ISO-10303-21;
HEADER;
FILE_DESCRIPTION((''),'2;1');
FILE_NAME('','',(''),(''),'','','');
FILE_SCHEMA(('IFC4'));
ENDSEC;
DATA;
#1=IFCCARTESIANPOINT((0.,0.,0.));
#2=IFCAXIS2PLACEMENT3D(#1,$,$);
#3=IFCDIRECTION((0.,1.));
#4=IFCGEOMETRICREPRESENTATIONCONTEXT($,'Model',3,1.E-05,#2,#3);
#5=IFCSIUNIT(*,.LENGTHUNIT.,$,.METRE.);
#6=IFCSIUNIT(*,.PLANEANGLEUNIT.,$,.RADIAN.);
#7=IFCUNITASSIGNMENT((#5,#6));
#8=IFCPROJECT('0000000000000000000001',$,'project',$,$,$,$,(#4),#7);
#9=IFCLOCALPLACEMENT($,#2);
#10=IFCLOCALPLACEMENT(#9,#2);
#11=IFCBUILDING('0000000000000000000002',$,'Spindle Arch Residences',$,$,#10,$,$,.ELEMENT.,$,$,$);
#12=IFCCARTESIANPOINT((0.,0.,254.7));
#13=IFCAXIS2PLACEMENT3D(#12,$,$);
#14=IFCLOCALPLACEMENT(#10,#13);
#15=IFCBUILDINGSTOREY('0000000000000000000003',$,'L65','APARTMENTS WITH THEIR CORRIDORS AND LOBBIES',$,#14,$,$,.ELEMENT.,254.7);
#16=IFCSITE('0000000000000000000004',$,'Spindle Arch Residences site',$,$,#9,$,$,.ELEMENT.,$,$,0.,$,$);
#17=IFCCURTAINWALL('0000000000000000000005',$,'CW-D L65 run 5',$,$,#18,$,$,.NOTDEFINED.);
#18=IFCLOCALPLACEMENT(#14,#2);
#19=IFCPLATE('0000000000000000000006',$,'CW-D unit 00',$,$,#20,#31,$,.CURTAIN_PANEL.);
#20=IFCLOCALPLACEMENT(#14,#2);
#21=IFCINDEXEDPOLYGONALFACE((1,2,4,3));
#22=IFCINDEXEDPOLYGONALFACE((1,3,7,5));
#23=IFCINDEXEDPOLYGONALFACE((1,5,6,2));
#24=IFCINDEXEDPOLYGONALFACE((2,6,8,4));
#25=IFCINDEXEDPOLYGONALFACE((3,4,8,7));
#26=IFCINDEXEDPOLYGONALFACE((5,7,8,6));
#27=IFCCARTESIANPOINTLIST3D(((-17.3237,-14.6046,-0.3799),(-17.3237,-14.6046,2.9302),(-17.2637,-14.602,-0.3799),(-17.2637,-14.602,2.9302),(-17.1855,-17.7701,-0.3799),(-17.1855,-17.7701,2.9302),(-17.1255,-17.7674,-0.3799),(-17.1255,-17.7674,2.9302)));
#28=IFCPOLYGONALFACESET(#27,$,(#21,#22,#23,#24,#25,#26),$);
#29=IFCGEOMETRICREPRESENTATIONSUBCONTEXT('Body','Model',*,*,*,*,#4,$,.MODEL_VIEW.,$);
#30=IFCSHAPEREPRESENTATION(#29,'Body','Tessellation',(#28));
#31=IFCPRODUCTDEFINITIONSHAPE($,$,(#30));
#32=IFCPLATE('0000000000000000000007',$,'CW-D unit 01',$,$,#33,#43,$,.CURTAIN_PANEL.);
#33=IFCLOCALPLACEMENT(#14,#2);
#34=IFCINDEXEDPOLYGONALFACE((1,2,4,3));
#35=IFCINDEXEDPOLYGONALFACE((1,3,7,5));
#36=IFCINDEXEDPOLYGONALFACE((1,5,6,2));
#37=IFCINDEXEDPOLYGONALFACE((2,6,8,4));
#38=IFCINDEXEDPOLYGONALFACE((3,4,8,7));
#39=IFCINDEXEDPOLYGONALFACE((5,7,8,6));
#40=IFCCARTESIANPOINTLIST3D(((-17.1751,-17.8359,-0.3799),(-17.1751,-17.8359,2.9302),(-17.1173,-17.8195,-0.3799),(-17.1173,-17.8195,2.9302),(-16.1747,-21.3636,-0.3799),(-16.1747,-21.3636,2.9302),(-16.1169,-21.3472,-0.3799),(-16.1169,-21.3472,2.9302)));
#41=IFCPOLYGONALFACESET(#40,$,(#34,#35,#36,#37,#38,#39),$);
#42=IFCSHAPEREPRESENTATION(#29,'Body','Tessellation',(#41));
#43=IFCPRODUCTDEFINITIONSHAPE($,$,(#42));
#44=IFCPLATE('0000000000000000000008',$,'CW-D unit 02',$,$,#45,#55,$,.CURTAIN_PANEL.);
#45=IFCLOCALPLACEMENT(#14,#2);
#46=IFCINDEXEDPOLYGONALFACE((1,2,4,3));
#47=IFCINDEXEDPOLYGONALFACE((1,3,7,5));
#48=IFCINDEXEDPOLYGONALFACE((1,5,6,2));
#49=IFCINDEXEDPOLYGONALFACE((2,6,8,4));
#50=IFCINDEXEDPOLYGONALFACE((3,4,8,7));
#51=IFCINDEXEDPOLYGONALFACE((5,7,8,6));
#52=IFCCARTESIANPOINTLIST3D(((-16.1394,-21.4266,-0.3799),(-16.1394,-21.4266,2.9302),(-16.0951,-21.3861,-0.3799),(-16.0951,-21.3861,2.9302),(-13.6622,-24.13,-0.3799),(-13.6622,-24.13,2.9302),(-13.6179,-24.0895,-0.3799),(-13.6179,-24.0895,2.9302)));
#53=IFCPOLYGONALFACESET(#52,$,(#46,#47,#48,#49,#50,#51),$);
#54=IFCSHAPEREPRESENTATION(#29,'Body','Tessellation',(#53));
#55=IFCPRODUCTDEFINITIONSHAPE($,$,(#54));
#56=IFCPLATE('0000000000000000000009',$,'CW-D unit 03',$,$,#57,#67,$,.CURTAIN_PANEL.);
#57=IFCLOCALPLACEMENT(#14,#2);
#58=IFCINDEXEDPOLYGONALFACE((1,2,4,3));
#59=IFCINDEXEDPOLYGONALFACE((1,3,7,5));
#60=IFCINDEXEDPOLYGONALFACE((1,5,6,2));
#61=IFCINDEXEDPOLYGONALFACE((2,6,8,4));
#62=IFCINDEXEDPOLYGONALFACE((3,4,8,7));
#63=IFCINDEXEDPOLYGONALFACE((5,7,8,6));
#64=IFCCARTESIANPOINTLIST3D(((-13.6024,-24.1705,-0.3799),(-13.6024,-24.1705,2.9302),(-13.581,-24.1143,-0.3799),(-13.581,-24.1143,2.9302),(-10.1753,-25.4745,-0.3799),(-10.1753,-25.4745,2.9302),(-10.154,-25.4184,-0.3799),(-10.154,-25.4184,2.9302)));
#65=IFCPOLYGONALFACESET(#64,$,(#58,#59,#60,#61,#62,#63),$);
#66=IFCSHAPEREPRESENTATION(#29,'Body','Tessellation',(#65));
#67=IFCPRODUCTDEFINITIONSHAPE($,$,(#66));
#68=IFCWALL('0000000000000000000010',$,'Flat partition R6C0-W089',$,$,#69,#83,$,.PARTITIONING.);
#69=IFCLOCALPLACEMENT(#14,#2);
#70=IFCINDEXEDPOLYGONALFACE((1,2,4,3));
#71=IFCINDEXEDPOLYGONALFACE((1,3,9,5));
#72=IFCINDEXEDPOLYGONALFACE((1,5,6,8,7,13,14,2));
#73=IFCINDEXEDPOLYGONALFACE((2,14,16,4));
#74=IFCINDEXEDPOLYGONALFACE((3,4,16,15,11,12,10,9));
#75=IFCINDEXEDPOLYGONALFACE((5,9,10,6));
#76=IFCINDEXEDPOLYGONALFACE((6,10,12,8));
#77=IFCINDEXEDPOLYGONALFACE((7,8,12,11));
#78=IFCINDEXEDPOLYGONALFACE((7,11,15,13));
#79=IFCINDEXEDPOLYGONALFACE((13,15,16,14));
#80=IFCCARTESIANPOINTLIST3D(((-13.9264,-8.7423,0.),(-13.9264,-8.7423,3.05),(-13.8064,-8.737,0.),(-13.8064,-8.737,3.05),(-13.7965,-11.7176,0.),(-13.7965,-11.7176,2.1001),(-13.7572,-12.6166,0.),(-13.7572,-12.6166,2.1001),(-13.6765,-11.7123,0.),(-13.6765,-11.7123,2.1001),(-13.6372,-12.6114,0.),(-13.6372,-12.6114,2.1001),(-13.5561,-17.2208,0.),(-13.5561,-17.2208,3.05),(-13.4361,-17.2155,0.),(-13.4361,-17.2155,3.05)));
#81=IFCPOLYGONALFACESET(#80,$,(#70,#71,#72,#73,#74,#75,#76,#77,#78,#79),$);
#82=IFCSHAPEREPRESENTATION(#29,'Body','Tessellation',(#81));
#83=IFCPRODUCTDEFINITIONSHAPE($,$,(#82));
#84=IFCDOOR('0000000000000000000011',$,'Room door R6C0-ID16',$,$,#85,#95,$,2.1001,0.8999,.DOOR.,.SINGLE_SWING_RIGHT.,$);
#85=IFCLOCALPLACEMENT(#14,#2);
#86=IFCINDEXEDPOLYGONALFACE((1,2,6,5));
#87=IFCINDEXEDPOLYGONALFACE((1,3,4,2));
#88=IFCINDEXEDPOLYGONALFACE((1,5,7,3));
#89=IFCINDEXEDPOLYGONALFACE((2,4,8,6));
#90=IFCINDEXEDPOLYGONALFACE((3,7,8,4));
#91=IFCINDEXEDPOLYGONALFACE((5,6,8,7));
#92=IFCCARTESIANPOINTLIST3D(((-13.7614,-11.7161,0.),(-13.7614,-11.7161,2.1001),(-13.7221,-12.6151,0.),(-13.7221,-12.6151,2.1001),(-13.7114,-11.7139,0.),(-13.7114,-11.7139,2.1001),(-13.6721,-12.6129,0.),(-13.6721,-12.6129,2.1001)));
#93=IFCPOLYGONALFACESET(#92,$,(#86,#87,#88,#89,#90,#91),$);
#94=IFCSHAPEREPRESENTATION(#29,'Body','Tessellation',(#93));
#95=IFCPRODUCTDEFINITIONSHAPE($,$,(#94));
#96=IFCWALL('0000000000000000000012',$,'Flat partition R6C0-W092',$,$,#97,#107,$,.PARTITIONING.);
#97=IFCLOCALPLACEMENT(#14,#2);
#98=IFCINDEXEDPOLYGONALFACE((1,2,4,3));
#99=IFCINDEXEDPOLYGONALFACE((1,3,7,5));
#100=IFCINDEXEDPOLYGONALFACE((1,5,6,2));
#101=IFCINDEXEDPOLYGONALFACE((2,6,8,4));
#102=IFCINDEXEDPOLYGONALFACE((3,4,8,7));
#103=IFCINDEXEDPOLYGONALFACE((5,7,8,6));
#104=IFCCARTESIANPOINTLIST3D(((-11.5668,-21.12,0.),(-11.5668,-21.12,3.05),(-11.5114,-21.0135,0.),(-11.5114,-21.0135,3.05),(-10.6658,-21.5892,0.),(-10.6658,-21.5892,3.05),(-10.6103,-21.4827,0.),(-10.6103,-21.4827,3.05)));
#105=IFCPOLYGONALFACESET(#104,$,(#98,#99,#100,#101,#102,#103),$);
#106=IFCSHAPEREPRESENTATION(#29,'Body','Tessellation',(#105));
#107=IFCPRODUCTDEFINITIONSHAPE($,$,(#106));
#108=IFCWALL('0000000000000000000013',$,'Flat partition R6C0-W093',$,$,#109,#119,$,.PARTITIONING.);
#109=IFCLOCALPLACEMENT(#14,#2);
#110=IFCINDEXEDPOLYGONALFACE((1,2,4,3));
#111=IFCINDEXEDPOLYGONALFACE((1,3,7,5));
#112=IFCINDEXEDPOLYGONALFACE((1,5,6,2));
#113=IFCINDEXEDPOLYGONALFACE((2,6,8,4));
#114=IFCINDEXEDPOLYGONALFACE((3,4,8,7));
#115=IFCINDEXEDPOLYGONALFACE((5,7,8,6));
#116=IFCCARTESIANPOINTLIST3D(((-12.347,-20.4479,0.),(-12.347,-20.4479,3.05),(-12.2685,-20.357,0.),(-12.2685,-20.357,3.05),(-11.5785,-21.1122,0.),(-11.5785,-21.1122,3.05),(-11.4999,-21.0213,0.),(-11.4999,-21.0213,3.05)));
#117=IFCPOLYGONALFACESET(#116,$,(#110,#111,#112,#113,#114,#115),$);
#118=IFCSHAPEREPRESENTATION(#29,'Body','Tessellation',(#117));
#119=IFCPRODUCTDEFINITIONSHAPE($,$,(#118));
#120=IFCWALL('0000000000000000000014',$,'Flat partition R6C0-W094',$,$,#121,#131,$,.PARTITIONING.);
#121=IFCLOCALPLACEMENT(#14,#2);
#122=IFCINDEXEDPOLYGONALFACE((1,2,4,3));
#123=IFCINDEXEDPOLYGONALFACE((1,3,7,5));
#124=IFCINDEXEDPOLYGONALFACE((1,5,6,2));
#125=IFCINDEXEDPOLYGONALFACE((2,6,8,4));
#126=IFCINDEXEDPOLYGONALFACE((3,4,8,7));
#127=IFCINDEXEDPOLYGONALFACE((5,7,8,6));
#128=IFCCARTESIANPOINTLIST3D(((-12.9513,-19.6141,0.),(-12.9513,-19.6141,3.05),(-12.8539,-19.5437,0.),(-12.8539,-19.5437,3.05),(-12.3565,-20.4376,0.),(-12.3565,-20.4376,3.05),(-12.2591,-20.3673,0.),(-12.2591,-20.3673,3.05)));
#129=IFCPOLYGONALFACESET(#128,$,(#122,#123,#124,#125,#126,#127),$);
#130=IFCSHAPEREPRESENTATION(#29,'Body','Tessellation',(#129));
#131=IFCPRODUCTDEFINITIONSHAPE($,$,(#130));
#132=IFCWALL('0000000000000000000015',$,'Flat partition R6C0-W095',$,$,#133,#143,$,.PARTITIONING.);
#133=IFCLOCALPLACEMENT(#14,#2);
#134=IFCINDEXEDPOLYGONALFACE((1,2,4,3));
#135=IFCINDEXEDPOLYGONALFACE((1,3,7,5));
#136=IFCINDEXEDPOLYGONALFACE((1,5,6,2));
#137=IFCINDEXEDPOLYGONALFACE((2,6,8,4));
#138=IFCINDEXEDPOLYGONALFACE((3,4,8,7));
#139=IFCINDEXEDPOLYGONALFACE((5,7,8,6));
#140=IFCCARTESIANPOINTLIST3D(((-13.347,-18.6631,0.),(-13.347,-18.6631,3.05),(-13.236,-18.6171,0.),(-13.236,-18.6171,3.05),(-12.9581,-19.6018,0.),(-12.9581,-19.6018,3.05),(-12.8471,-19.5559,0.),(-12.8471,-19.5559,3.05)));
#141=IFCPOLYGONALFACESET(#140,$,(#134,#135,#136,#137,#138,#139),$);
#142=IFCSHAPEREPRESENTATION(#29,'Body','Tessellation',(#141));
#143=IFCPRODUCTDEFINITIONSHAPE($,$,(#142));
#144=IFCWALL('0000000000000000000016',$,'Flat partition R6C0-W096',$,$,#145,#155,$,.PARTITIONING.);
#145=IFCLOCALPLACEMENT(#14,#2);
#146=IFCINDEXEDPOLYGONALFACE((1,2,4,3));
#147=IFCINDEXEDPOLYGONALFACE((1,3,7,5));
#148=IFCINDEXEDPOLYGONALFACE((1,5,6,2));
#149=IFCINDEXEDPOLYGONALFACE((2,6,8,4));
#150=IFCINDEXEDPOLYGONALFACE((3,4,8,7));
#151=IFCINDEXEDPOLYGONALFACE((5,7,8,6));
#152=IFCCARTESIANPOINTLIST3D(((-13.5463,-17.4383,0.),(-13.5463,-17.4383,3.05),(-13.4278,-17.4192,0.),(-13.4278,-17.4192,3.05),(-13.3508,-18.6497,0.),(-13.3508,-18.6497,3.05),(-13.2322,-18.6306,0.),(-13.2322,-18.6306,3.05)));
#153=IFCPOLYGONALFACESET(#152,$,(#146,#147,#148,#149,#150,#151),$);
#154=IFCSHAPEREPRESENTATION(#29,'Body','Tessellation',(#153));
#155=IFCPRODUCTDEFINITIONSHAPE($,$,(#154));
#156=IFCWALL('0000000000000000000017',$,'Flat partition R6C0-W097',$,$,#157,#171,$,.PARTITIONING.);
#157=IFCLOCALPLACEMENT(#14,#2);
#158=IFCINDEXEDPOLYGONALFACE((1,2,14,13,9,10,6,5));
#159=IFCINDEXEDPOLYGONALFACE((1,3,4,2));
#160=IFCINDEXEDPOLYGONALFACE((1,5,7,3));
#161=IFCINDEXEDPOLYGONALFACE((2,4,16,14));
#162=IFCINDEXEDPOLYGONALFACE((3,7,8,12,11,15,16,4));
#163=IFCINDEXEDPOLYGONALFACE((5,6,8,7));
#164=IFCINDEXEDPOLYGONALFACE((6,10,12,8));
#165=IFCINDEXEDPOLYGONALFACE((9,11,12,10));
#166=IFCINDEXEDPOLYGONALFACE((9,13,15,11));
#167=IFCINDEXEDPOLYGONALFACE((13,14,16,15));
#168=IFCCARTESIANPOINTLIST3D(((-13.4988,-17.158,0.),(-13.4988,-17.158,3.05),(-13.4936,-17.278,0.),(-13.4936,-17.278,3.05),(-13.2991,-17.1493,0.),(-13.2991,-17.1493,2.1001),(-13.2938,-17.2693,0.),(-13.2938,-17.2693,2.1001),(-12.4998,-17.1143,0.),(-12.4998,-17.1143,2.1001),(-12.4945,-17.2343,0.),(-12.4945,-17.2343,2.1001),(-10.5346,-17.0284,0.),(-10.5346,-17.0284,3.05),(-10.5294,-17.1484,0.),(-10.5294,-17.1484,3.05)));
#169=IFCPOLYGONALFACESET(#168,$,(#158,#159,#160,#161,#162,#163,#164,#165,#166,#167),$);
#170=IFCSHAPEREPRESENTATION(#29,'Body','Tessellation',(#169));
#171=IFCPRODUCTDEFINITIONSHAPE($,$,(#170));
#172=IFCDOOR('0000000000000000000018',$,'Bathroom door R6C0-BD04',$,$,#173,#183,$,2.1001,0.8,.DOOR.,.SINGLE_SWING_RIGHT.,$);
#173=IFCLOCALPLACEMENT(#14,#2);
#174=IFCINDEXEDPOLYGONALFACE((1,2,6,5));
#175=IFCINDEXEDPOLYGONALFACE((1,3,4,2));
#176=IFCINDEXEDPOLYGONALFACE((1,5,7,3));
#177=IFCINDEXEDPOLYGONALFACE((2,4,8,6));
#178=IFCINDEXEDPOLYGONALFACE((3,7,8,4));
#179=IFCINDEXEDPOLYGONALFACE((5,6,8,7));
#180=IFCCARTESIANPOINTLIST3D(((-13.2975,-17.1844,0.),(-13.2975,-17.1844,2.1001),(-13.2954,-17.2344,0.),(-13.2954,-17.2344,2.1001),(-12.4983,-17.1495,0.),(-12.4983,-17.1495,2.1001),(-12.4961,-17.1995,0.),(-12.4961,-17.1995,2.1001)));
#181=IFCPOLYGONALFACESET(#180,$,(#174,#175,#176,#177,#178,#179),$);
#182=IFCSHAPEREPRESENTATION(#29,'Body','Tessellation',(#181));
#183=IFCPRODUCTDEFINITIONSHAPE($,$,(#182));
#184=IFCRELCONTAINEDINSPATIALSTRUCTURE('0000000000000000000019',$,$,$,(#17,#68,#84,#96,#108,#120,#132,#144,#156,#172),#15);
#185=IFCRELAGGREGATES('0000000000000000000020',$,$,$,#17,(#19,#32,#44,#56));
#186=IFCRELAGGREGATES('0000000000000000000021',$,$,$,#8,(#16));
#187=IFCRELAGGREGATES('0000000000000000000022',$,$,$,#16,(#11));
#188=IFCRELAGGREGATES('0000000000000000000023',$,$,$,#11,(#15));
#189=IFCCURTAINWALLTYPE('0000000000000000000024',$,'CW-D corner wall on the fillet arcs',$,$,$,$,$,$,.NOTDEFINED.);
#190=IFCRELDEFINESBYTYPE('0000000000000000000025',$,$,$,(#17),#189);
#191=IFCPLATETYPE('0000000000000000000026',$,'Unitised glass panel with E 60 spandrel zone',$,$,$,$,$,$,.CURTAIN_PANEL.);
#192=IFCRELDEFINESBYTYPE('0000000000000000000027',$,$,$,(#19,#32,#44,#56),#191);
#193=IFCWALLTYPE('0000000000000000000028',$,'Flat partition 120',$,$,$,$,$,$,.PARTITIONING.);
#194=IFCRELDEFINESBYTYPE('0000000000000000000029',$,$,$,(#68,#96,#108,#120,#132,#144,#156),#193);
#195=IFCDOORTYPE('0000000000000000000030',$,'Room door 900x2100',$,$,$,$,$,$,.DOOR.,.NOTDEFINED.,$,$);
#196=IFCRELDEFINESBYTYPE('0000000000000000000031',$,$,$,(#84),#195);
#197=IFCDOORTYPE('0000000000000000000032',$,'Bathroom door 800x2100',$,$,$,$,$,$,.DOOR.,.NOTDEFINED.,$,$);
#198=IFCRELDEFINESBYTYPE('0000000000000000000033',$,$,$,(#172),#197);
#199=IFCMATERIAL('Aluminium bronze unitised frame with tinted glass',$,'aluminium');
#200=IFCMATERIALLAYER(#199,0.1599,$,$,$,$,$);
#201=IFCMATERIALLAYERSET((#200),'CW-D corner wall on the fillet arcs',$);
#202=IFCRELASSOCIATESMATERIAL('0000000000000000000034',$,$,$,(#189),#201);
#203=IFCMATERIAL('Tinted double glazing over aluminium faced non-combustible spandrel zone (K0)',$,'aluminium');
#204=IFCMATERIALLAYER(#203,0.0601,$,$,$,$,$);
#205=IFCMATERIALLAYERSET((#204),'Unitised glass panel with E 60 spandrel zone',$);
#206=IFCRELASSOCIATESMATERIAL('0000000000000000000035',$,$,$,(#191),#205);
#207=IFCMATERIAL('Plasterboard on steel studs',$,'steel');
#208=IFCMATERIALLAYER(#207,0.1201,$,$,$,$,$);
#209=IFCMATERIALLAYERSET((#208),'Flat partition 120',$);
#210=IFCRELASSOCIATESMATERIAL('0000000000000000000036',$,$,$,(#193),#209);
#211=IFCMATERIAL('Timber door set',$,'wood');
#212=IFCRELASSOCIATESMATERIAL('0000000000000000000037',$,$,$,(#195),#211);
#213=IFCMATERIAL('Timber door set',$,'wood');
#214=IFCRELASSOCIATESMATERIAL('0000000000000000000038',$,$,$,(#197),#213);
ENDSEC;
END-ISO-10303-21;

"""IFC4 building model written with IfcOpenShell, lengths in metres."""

from ifc_helpers import new_model, si_unit, direction, frame, frame_2d, origin, origin_2d, place, context, subcontext, project, spatial, rectangle, extrude, material, layer, layer_set, type_object, element, fill, aggregate, save


model = new_model("IFC4")

# Units and contexts
model_context = context("Model", 3, precision=1e-05, world=origin(), true_north=direction((0.0, 1.0)))
body_context = subcontext(model_context, "Body", "Model", "MODEL_VIEW")
ifc_project = project(units=[si_unit("LENGTHUNIT", "METRE"), si_unit("PLANEANGLEUNIT", "RADIAN")], contexts=[model_context])

# Site, building, storey
site_placement = place(None, origin())
site = spatial("IfcSite", under=ifc_project, at=site_placement, Name="Spindle Arch Residences site", CompositionType="ELEMENT", RefElevation=0.0)
building_placement = place(site_placement, origin())
building = spatial("IfcBuilding", under=site, at=building_placement, Name="Spindle Arch Residences", CompositionType="ELEMENT")
storey_placement = place(building_placement, frame((0.0, 0.0, 254.7)))
storey = spatial("IfcBuildingStorey", under=building, at=storey_placement, Name="L65", Description="APARTMENTS WITH THEIR CORRIDORS AND LOBBIES", CompositionType="ELEMENT", Elevation=254.7)

# Curtain wall
ifc_material_1 = material(Name="Aluminium bronze unitised frame with tinted glass", Category="aluminium")
ifc_layer_1 = layer(ifc_material_1, 0.1599)
ifc_layer_set_1 = layer_set([ifc_layer_1], Name="CW-D corner wall on the fillet arcs")
curtain_wall_type = type_object("IfcCurtainWallType", Name="CW-D corner wall on the fillet arcs", PredefinedType="NOTDEFINED", material=ifc_layer_set_1)
curtain_wall_placement = place(storey_placement, origin())
curtain_wall = element("IfcCurtainWall", 1, at=curtain_wall_placement, inside=storey, type_object=curtain_wall_type, Name="CW-D L65 run 5", PredefinedType="NOTDEFINED")

# Plates
ifc_material_2 = material(Name="Tinted double glazing over aluminium faced non-combustible spandrel zone (K0)", Category="aluminium")
ifc_layer_2 = layer(ifc_material_2, 0.0601)
ifc_layer_set_2 = layer_set([ifc_layer_2], Name="Unitised glass panel with E 60 spandrel zone")
plate_type = type_object("IfcPlateType", Name="Unitised glass panel with E 60 spandrel zone", PredefinedType="CURTAIN_PANEL", material=ifc_layer_set_2)
plate_1_placement = place(storey_placement, frame((-17.2246, -16.186, -0.3799), z_axis=(0.0, 0.0, 1.0), x_axis=(0.043619, -0.999048, 0.0)))
plate_1 = element("IfcPlate", 2, at=plate_1_placement, type_object=plate_type, Name="CW-D unit 00", PredefinedType="CURTAIN_PANEL", context=body_context, shape_type="SweptSolid", body=[
    extrude(rectangle(XDim=3.1685, YDim=0.0601, at=origin_2d()), origin(), (0.0, 0.0, 1.0), 3.3101),
])
plate_2_placement = place(storey_placement, frame((-16.646, -19.5916, -0.3799), z_axis=(0.0, 0.0, 1.0), x_axis=(0.27284, -0.962059, 0.0)))
plate_2 = element("IfcPlate", 3, at=plate_2_placement, type_object=plate_type, Name="CW-D unit 01", PredefinedType="CURTAIN_PANEL", context=body_context, shape_type="SweptSolid", body=[
    extrude(rectangle(XDim=3.6667, YDim=0.0601, at=origin_2d()), origin(), (0.0, 0.0, 1.0), 3.3101),
])
plate_3_placement = place(storey_placement, frame((-14.8787, -22.7581, -0.3799), z_axis=(0.0, 0.0, 1.0), x_axis=(0.67559, -0.737277, 0.0)))
plate_3 = element("IfcPlate", 4, at=plate_3_placement, type_object=plate_type, Name="CW-D unit 02", PredefinedType="CURTAIN_PANEL", context=body_context, shape_type="SweptSolid", body=[
    extrude(rectangle(XDim=3.6667, YDim=0.0601, at=origin_2d()), origin(), (0.0, 0.0, 1.0), 3.3101),
])
plate_4_placement = place(storey_placement, frame((-11.8782, -24.7944, -0.3799), z_axis=(0.0, 0.0, 1.0), x_axis=(0.934619, -0.355651, 0.0)))
plate_4 = element("IfcPlate", 5, at=plate_4_placement, type_object=plate_type, Name="CW-D unit 03", PredefinedType="CURTAIN_PANEL", context=body_context, shape_type="SweptSolid", body=[
    extrude(rectangle(XDim=3.6667, YDim=0.0601, at=origin_2d()), origin(), (0.0, 0.0, 1.0), 3.3101),
])
aggregate(curtain_wall, [plate_1, plate_2, plate_3, plate_4])

# Wall, opening, door
ifc_material_3 = material(Name="Plasterboard on steel studs", Category="steel")
ifc_layer_3 = layer(ifc_material_3, 0.1201)
ifc_layer_set_3 = layer_set([ifc_layer_3], Name="Flat partition 120")
wall_type_1 = type_object("IfcWallType", Name="Flat partition 120", PredefinedType="PARTITIONING", material=ifc_layer_set_3)
wall_1_placement = place(storey_placement, frame((-13.4961, -17.218, 0.0), z_axis=(0.0, 0.0, 1.0), x_axis=(-0.043641, 0.999047, 0.0)))
wall_1 = element("IfcWall", 6, at=wall_1_placement, inside=storey, type_object=wall_type_1, Name="Flat partition R6C0-W089", PredefinedType="PARTITIONING", context=body_context, shape_type="SweptSolid", body=[
    extrude(rectangle(XDim=8.4866, YDim=0.1201, at=frame_2d((4.2432, 0.0))), origin(), (0.0, 0.0, 1.0), 3.05),
])
opening_1_placement = place(wall_1_placement, frame((4.6084, 0.0, 0.0)))
opening_1 = element("IfcOpeningElement", 7, at=opening_1_placement, cuts=wall_1, PredefinedType="OPENING", context=body_context, shape_type="SweptSolid", body=[
    extrude(rectangle(XDim=0.8999, YDim=2.1001, at=frame_2d((0.45, 1.05))), frame((0.0, 0.0701, 0.0), z_axis=(0.0, -1.0, 0.0), x_axis=(1.0, 0.0, 0.0)), (0.0, 0.0, 1.0), 0.1401),
])
ifc_material_4 = material(Name="Timber door set", Category="wood")
door_type_1 = type_object("IfcDoorType", Name="Room door 900x2100", OperationType="NOTDEFINED", PredefinedType="DOOR", material=ifc_material_4)
door_1_placement = place(opening_1_placement, origin())
door_1 = element("IfcDoor", 8, at=door_1_placement, inside=storey, type_object=door_type_1, Name="Room door R6C0-ID16", OperationType="SINGLE_SWING_RIGHT", OverallHeight=2.1001, OverallWidth=0.8999, PredefinedType="DOOR", context=body_context, shape_type="SweptSolid", body=[
    extrude(rectangle(XDim=0.8999, YDim=2.1001, at=frame_2d((0.45, 1.05))), frame((0.0, 0.0249, 0.0), z_axis=(0.0, -1.0, 0.0), x_axis=(1.0, 0.0, 0.0)), (0.0, 0.0, 1.0), 0.05),
])
fill(opening_1, door_1)

# Walls
for number, where, z_axis, x_axis, name in (
    (9, (-10.6382, -21.5359, 0.0), (0.0, 0.0, 1.0), (-0.886953, 0.46186, 0.0), "Flat partition R6C0-W092"),
    (10, (-11.5393, -21.0667, 0.0), (0.0, 0.0, 1.0), (-0.756553, 0.653933, 0.0), "Flat partition R6C0-W093"),
    (11, (-12.3079, -20.4023, 0.0), (0.0, 0.0, 1.0), (-0.585482, 0.810686, 0.0), "Flat partition R6C0-W094"),
):
    element("IfcWall", number, at=place(storey_placement, frame(where, z_axis=z_axis, x_axis=x_axis)), inside=storey, type_object=wall_type_1, Name=name, PredefinedType="PARTITIONING", context=body_context, shape_type="SweptSolid", body=[
        extrude(rectangle(XDim=1.0159, YDim=0.1201, at=frame_2d((0.5078, 0.0))), origin(), (0.0, 0.0, 1.0), 3.05),
    ])
wall_2_placement = place(storey_placement, frame((-12.9026, -19.5789, 0.0), z_axis=(0.0, 0.0, 1.0), x_axis=(-0.382755, 0.92385, 0.0)))
element("IfcWall", 12, at=wall_2_placement, inside=storey, type_object=wall_type_1, Name="Flat partition R6C0-W095", PredefinedType="PARTITIONING", context=body_context, shape_type="SweptSolid", body=[
    extrude(rectangle(XDim=1.0161, YDim=0.1201, at=frame_2d((0.5081, 0.0))), origin(), (0.0, 0.0, 1.0), 3.05),
])
wall_3_placement = place(storey_placement, frame((-13.2915, -18.6401, 0.0), z_axis=(0.0, 0.0, 1.0), x_axis=(-0.159364, 0.98722, 0.0)))
element("IfcWall", 13, at=wall_3_placement, inside=storey, type_object=wall_type_1, Name="Flat partition R6C0-W096", PredefinedType="PARTITIONING", context=body_context, shape_type="SweptSolid", body=[
    extrude(rectangle(XDim=1.2271, YDim=0.1201, at=frame_2d((0.6135, 0.0))), origin(), (0.0, 0.0, 1.0), 3.05),
])

# Wall, opening, door
wall_4_placement = place(storey_placement, frame((-13.4961, -17.218, 0.0), z_axis=(0.0, 0.0, 1.0), x_axis=(0.999045, 0.043694, 0.0)))
wall_4 = element("IfcWall", 14, at=wall_4_placement, inside=storey, type_object=wall_type_1, Name="Flat partition R6C0-W097", PredefinedType="PARTITIONING", context=body_context, shape_type="SweptSolid", body=[
    extrude(rectangle(XDim=2.967, YDim=0.1201, at=frame_2d((1.4834, 0.0))), origin(), (0.0, 0.0, 1.0), 3.05),
])
opening_2_placement = place(wall_4_placement, frame((0.2, 0.0, 0.0)))
opening_2 = element("IfcOpeningElement", 15, at=opening_2_placement, cuts=wall_4, PredefinedType="OPENING", context=body_context, shape_type="SweptSolid", body=[
    extrude(rectangle(XDim=0.8, YDim=2.1001, at=frame_2d((0.3999, 1.05))), frame((0.0, 0.0701, 0.0), z_axis=(0.0, -1.0, 0.0), x_axis=(1.0, 0.0, 0.0)), (0.0, 0.0, 1.0), 0.1401),
])
ifc_material_5 = material(Name="Timber door set", Category="wood")
door_type_2 = type_object("IfcDoorType", Name="Bathroom door 800x2100", OperationType="NOTDEFINED", PredefinedType="DOOR", material=ifc_material_5)
door_2_placement = place(opening_2_placement, origin())
door_2 = element("IfcDoor", 16, at=door_2_placement, inside=storey, type_object=door_type_2, Name="Bathroom door R6C0-BD04", OperationType="SINGLE_SWING_RIGHT", OverallHeight=2.1001, OverallWidth=0.8, PredefinedType="DOOR", context=body_context, shape_type="SweptSolid", body=[
    extrude(rectangle(XDim=0.8, YDim=2.1001, at=frame_2d((0.3999, 1.05))), frame((0.0, 0.0249, 0.0), z_axis=(0.0, -1.0, 0.0), x_axis=(1.0, 0.0, 0.0)), (0.0, 0.0, 1.0), 0.05),
])
fill(opening_2, door_2)

save(model, "model.ifc")
